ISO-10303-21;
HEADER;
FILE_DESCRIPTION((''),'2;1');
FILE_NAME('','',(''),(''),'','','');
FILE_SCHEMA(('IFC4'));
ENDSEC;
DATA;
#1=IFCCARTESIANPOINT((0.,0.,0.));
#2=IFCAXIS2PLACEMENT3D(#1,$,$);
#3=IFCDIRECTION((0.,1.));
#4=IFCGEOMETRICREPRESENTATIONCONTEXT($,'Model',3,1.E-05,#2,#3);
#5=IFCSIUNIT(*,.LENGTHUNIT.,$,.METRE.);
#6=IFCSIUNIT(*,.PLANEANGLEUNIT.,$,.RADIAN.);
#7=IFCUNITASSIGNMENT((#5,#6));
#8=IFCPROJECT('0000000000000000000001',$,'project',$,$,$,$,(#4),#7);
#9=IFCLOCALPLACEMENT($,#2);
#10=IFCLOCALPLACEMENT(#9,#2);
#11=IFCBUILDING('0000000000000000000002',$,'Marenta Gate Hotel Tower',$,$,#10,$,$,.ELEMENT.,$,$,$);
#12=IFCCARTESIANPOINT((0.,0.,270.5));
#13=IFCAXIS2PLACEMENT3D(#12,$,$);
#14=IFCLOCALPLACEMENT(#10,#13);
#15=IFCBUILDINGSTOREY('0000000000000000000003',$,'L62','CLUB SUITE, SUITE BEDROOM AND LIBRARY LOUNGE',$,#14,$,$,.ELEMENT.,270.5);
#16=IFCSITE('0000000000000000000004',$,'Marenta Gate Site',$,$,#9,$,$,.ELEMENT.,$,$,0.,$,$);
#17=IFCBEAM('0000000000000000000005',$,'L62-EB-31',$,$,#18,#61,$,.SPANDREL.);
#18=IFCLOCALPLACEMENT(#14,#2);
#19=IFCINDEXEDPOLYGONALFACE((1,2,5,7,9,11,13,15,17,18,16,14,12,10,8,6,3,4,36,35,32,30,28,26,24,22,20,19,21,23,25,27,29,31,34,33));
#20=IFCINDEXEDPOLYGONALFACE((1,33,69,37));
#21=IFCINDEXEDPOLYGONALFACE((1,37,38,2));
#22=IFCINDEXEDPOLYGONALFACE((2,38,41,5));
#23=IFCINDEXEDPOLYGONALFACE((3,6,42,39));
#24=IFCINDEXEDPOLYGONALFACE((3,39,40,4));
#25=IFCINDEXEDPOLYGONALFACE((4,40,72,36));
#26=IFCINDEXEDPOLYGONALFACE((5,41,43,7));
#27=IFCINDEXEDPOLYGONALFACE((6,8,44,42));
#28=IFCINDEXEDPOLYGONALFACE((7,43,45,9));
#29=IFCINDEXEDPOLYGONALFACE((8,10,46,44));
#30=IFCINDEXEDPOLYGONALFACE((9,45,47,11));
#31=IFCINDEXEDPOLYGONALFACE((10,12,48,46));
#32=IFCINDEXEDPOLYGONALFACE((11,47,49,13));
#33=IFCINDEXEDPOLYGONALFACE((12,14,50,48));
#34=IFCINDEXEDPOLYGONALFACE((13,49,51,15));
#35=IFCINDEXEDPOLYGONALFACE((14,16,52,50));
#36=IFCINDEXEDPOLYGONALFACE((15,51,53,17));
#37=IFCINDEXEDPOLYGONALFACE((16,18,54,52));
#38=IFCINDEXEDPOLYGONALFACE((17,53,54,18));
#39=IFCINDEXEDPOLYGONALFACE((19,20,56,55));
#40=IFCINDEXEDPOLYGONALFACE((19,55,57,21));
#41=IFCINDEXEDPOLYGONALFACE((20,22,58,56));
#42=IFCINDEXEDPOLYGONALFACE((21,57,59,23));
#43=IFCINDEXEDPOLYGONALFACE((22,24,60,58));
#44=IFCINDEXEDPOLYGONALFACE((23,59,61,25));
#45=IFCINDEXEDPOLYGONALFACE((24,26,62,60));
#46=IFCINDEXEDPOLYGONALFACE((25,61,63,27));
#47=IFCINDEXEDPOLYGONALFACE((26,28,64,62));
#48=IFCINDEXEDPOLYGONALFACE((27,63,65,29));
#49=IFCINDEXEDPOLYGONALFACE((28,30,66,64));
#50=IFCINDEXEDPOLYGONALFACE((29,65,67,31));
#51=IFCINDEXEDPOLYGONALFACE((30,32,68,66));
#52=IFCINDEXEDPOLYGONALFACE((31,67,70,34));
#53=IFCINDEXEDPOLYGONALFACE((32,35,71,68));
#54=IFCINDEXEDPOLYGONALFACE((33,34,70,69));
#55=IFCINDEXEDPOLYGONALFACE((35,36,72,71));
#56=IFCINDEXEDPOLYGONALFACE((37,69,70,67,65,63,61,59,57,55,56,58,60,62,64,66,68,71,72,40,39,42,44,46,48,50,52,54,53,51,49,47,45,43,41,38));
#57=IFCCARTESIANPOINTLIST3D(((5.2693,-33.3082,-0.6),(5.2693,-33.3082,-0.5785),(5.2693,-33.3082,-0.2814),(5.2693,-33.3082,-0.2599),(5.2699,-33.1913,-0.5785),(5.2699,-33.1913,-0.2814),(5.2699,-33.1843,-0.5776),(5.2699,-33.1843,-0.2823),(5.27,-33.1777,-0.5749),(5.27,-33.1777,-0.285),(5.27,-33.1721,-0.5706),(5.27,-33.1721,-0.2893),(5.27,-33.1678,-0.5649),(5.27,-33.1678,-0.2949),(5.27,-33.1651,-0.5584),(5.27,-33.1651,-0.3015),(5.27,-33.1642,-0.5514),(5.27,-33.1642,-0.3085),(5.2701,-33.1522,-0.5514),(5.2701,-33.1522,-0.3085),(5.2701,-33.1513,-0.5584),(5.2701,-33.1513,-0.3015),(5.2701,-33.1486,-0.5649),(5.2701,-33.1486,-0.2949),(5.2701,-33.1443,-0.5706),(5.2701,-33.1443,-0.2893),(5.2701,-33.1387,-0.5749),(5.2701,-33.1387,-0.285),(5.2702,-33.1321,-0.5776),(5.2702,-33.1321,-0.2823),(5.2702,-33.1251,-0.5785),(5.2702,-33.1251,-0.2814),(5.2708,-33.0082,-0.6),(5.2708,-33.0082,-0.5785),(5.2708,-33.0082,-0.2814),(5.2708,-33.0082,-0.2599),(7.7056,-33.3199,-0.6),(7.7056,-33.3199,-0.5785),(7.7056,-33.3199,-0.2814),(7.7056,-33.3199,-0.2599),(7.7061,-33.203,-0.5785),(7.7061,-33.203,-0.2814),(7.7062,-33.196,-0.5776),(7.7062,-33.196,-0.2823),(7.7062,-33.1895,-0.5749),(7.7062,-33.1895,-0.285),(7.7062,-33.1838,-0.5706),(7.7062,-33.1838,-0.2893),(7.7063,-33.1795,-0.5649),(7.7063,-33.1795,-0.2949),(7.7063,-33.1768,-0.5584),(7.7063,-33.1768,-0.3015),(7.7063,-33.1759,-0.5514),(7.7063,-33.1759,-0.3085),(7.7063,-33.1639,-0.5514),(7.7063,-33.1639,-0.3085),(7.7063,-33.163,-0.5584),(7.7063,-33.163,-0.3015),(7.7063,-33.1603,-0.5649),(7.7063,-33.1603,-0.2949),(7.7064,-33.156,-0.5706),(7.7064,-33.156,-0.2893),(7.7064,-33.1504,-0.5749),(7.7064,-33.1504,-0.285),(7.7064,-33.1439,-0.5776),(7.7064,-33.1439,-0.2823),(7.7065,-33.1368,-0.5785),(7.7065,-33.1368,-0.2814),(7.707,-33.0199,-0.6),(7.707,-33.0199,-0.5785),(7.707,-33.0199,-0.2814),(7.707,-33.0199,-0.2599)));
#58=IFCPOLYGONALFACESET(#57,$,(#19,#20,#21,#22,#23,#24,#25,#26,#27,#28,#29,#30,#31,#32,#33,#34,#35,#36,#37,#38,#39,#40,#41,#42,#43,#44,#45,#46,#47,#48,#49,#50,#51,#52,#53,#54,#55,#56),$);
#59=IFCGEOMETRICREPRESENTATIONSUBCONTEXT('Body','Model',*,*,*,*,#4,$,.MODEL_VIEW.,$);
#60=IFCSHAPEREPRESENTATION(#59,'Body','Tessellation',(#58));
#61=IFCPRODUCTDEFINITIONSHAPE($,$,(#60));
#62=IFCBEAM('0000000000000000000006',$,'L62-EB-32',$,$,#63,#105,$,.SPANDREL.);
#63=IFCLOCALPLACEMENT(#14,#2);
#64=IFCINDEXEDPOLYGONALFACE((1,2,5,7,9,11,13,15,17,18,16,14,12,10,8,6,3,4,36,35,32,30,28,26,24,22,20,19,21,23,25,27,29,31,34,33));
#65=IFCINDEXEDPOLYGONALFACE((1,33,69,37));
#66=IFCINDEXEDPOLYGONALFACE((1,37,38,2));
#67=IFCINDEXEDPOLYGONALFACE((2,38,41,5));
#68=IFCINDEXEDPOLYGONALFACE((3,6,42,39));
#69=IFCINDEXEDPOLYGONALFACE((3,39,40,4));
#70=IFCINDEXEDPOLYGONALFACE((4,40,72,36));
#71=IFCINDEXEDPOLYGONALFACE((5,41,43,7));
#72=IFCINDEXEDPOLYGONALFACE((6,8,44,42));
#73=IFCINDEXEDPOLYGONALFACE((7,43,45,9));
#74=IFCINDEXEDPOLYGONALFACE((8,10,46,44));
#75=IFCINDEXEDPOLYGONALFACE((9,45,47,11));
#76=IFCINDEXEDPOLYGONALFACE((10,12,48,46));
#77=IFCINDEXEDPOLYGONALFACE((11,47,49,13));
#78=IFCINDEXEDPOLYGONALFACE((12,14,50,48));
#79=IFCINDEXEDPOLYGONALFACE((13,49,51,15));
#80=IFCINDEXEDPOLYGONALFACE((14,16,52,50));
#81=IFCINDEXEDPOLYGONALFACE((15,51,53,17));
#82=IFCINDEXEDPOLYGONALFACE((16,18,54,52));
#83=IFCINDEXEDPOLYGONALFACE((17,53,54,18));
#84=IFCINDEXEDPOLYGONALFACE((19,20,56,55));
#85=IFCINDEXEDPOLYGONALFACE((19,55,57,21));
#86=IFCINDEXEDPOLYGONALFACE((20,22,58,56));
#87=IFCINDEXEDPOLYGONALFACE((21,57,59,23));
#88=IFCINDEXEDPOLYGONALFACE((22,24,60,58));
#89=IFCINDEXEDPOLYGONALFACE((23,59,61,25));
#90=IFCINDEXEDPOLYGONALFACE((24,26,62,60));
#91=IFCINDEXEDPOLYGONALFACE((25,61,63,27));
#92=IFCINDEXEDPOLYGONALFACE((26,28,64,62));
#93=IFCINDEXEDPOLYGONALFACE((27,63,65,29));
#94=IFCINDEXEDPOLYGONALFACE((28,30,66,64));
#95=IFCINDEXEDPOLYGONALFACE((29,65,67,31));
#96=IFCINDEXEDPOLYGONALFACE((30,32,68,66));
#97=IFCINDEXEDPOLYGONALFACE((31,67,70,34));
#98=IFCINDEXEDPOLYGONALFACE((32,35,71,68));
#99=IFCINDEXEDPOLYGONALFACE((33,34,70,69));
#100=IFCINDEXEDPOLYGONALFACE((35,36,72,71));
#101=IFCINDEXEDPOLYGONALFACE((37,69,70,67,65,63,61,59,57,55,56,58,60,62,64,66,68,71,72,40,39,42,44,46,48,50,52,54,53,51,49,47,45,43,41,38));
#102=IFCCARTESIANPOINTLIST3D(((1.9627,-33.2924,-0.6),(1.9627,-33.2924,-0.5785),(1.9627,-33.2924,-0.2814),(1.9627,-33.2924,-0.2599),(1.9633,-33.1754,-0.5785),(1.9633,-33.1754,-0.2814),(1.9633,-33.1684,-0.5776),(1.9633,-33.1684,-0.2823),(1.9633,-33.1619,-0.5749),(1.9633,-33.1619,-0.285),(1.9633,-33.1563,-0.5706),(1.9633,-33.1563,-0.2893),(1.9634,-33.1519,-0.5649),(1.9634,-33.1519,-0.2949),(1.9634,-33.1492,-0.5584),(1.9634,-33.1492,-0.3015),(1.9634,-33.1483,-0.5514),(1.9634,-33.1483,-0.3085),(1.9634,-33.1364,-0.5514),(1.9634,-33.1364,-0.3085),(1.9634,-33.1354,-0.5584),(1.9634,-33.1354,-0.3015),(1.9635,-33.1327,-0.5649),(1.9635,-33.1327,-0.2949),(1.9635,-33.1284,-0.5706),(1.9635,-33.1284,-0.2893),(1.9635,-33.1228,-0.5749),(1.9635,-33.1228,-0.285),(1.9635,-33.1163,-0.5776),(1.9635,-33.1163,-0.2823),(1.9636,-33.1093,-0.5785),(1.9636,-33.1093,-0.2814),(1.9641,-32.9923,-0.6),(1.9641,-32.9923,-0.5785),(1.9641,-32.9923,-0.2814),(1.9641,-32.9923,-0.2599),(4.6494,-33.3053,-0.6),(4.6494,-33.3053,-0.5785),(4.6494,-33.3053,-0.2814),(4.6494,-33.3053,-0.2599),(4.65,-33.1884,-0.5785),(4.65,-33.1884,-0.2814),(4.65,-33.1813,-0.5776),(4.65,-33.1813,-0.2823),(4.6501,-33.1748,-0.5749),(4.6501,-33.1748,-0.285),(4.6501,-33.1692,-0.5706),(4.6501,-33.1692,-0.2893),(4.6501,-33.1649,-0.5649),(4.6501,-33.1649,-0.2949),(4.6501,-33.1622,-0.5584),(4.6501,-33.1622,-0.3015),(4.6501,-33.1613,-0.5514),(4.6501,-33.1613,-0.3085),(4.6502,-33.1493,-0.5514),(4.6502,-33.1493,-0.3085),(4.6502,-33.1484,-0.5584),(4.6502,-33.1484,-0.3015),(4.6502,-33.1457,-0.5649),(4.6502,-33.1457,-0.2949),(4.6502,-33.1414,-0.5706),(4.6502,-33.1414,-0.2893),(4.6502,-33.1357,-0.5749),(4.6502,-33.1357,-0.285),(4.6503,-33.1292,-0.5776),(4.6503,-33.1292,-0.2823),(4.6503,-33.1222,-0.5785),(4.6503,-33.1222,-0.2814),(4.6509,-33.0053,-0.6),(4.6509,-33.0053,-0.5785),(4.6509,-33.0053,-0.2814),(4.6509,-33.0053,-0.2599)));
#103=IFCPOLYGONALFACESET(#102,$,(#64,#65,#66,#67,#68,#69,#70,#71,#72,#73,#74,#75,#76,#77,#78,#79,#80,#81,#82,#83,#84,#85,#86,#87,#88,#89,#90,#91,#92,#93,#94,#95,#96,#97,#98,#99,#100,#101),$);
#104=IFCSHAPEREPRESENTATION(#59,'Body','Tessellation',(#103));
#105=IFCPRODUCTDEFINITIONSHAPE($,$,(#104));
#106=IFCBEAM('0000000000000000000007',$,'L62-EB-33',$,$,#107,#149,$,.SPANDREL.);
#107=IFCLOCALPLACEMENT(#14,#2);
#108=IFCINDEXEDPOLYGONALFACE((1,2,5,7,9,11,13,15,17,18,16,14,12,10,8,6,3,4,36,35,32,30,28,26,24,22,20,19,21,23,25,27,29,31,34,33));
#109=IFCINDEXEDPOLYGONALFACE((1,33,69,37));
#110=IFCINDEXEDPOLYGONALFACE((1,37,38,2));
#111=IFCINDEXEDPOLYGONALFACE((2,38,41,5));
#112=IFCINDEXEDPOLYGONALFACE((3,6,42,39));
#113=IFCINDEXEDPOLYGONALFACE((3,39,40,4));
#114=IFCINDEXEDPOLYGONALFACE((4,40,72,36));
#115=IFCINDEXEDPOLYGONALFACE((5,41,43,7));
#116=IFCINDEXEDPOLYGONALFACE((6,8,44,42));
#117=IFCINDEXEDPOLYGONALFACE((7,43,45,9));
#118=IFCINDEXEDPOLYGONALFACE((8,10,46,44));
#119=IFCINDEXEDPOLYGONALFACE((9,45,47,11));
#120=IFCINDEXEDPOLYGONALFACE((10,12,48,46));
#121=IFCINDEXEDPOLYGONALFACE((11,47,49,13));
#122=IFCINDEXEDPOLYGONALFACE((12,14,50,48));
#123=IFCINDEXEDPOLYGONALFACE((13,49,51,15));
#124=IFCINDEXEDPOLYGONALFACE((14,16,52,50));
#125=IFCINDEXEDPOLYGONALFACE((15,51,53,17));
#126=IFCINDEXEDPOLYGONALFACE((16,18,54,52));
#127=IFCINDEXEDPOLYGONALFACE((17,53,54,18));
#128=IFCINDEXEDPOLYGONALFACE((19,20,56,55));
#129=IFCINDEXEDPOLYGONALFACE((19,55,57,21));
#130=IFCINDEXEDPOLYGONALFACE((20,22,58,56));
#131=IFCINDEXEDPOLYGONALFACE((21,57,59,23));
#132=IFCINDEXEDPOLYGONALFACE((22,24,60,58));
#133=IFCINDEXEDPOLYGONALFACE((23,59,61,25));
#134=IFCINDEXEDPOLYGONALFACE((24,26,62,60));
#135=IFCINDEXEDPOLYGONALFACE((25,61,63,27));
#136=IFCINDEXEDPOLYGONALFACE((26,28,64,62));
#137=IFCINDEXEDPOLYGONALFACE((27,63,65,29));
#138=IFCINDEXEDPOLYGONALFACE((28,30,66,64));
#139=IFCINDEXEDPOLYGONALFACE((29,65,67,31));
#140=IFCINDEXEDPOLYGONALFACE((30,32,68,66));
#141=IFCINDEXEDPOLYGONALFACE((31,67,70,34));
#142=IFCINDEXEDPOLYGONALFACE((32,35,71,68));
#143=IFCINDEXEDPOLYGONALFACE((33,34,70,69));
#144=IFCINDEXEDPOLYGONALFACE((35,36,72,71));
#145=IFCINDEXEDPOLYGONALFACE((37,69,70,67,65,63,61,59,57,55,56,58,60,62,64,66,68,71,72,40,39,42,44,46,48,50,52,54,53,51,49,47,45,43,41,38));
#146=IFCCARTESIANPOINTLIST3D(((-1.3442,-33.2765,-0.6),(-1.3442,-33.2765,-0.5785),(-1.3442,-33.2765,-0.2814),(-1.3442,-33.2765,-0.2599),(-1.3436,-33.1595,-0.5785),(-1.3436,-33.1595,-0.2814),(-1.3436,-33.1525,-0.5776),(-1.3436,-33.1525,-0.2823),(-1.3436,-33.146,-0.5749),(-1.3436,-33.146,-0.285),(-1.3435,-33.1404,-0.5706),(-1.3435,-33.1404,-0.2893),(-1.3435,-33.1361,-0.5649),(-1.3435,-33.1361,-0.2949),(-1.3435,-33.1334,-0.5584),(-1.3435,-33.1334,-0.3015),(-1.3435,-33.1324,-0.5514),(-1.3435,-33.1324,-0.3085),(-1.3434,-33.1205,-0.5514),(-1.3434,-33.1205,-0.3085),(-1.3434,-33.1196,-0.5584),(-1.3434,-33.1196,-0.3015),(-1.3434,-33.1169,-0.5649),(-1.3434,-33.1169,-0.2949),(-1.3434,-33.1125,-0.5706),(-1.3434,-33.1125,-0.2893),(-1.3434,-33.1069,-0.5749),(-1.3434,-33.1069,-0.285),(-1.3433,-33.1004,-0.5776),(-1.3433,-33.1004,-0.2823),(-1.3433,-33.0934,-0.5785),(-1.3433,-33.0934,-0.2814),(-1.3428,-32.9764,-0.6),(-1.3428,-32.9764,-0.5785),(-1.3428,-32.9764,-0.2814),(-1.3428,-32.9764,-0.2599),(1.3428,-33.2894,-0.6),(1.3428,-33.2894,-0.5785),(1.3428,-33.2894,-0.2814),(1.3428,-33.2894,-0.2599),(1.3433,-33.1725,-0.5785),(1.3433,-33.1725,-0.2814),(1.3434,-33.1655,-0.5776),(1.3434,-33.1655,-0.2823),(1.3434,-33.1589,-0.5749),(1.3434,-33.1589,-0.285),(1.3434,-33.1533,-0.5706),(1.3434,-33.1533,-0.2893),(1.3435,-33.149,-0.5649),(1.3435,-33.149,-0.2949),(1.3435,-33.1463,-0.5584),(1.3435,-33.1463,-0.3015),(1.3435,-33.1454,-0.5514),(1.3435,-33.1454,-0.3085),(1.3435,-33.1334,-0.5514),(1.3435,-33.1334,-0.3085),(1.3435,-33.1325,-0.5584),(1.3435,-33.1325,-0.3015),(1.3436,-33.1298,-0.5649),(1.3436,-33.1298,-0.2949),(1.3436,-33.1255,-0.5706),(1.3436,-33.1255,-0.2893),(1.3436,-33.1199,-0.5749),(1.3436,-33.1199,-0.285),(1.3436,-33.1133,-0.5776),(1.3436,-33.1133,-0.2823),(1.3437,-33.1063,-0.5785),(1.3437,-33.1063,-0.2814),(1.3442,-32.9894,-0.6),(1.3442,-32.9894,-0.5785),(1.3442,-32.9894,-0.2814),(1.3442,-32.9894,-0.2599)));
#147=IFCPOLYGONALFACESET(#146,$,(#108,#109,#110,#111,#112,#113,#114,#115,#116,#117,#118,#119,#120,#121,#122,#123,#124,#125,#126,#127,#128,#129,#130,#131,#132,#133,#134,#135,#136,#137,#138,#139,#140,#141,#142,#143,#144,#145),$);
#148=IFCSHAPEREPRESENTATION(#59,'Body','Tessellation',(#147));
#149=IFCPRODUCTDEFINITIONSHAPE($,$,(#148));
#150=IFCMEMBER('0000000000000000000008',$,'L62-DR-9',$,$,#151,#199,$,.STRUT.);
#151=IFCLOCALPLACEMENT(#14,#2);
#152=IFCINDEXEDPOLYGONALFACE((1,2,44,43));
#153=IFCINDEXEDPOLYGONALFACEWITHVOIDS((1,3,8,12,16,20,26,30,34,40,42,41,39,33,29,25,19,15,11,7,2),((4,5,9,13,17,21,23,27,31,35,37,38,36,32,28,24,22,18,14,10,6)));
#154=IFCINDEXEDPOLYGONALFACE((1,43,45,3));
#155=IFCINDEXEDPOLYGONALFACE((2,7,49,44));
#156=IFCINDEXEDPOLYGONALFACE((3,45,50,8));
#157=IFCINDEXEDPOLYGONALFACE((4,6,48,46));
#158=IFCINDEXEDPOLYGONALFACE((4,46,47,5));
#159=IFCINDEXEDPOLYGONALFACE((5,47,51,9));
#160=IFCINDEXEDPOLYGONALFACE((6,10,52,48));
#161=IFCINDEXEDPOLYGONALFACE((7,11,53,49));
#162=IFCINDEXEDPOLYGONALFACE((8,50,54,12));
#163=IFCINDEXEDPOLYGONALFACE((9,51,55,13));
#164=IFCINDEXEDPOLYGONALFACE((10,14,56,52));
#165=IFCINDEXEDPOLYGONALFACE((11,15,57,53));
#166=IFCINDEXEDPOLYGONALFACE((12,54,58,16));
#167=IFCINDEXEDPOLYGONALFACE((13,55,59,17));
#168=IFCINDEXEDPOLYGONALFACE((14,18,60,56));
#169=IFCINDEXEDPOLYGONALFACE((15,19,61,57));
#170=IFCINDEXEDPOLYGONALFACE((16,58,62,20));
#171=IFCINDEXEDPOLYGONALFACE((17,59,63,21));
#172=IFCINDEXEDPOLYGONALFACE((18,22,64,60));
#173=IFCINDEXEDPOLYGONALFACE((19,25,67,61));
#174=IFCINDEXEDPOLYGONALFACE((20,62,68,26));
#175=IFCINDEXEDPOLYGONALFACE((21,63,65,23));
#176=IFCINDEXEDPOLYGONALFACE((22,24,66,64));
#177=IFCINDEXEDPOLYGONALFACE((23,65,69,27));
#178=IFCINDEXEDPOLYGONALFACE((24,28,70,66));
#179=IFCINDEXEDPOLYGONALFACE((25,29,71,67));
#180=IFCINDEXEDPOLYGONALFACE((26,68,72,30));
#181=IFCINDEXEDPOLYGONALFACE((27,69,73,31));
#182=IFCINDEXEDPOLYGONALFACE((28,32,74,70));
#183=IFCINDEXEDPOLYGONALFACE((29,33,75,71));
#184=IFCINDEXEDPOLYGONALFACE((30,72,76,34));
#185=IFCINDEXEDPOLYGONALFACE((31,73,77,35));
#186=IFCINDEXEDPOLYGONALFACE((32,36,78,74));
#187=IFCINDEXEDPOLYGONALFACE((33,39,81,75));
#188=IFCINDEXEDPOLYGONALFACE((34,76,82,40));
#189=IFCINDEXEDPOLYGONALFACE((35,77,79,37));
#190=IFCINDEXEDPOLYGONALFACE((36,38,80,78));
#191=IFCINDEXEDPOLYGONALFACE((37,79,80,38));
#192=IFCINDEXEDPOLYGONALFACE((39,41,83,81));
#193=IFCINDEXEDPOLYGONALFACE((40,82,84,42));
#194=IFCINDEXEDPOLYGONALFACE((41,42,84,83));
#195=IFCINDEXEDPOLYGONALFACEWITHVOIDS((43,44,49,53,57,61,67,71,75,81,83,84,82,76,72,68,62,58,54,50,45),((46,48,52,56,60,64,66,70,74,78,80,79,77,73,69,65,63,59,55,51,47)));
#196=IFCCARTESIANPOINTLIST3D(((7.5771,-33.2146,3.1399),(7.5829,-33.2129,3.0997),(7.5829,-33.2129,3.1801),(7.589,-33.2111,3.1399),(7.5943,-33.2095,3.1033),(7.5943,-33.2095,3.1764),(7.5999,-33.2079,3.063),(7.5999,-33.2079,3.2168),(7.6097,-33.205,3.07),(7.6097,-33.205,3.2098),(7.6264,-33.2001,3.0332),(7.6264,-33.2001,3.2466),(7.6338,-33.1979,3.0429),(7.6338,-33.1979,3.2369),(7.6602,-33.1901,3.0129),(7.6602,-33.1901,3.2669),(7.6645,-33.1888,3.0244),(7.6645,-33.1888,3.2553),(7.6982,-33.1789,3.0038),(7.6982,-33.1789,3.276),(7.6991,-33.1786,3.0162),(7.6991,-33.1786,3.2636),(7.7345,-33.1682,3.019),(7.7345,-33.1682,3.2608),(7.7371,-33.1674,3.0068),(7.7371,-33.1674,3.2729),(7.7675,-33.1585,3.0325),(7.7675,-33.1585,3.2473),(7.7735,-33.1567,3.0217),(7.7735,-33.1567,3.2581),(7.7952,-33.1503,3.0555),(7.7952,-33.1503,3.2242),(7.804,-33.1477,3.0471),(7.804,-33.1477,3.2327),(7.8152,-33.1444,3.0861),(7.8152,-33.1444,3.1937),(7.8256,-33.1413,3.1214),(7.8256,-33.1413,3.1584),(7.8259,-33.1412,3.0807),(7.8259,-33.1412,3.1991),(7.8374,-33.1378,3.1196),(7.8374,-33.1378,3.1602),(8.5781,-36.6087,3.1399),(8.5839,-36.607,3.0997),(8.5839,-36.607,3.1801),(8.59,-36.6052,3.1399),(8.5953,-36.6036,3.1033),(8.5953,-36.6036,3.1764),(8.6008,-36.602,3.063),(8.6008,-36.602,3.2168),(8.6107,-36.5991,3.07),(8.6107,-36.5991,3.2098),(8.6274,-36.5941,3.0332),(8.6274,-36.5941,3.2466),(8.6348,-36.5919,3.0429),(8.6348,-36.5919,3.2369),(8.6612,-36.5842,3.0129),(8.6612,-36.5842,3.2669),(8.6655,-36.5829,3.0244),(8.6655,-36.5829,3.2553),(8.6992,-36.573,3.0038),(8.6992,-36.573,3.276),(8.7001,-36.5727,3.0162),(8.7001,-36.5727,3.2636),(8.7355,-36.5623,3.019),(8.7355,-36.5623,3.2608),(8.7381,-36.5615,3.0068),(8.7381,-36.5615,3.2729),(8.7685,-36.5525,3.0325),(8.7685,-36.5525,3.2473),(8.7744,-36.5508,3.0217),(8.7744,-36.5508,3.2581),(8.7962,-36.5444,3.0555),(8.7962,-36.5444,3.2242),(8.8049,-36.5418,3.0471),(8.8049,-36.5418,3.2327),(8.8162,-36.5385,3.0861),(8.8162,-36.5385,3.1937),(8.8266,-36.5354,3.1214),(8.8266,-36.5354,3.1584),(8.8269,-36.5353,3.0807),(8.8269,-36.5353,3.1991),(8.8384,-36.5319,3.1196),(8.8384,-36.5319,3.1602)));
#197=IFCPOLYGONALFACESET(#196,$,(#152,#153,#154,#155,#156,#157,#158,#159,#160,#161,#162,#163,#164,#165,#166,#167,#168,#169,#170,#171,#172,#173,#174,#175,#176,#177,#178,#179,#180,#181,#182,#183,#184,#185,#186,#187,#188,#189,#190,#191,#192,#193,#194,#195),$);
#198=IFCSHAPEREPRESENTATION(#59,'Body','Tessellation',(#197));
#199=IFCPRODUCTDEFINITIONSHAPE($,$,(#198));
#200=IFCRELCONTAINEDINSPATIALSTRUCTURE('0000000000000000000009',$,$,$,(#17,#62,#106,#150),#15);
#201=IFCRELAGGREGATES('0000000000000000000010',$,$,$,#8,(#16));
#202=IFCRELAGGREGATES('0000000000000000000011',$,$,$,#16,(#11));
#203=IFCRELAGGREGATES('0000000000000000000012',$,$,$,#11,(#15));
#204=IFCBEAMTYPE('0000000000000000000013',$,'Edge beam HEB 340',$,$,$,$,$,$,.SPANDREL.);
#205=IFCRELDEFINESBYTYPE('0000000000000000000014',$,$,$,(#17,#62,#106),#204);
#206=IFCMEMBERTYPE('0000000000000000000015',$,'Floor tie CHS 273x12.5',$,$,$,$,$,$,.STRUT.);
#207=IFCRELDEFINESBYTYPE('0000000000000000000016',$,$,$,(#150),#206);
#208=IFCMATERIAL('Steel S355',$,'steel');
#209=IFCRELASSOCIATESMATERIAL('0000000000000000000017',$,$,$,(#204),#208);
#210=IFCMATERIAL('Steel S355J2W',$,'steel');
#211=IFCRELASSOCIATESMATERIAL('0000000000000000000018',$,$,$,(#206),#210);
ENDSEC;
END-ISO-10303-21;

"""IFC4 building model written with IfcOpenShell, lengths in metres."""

from ifc_helpers import new_model, si_unit, direction, frame, origin, origin_2d, place, context, subcontext, project, spatial, hollow_circle, i_section, extrude, material, material_profile, profile_set, type_object, element, save


model = new_model("IFC4")

# Units and contexts
model_context = context("Model", 3, precision=1e-05, world=origin(), true_north=direction((0.0, 1.0)))
body_context = subcontext(model_context, "Body", "Model", "MODEL_VIEW")
ifc_project = project(units=[si_unit("LENGTHUNIT", "METRE"), si_unit("PLANEANGLEUNIT", "RADIAN")], contexts=[model_context])

# Site, building, storey
site_placement = place(None, origin())
site = spatial("IfcSite", under=ifc_project, at=site_placement, Name="Marenta Gate Site", CompositionType="ELEMENT", RefElevation=0.0)
building_placement = place(site_placement, origin())
building = spatial("IfcBuilding", under=site, at=building_placement, Name="Marenta Gate Hotel Tower", CompositionType="ELEMENT")
storey_placement = place(building_placement, frame((0.0, 0.0, 270.5)))
storey = spatial("IfcBuildingStorey", under=building, at=storey_placement, Name="L62", Description="CLUB SUITE, SUITE BEDROOM AND LIBRARY LOUNGE", CompositionType="ELEMENT", Elevation=270.5)

# Beams
ifc_material_1 = material(Name="Steel S355", Category="steel")
ifc_material_profile_1 = material_profile(ifc_material_1, i_section(OverallWidth=0.3, OverallDepth=0.3401, WebThickness=0.012, FlangeThickness=0.0215, FilletRadius=0.0271, at=origin_2d()), Name="HEB 340")
ifc_profile_set_1 = profile_set([ifc_material_profile_1], Name="Steel S355")
beam_type = type_object("IfcBeamType", Name="Edge beam HEB 340", PredefinedType="SPANDREL", material=ifc_profile_set_1)
beam_1_placement = place(storey_placement, frame((7.7063, -33.1699, -0.4299), z_axis=(-0.999988, 0.00481, 0.0), x_axis=(-0.00481, -0.999988, 0.0)))
element("IfcBeam", 1, at=beam_1_placement, inside=storey, type_object=beam_type, Name="L62-EB-31", PredefinedType="SPANDREL", context=body_context, shape_type="SweptSolid", body=[
    extrude(i_section(OverallWidth=0.3, OverallDepth=0.3401, WebThickness=0.012, FlangeThickness=0.0215, FilletRadius=0.0271, at=origin_2d()), origin(), (0.0, 0.0, 1.0), 2.4363),
])
beam_2_placement = place(storey_placement, frame((4.6501, -33.1553, -0.4299), z_axis=(-0.999988, 0.004816, 0.0), x_axis=(-0.004816, -0.999988, 0.0)))
element("IfcBeam", 2, at=beam_2_placement, inside=storey, type_object=beam_type, Name="L62-EB-32", PredefinedType="SPANDREL", context=body_context, shape_type="SweptSolid", body=[
    extrude(i_section(OverallWidth=0.3, OverallDepth=0.3401, WebThickness=0.012, FlangeThickness=0.0215, FilletRadius=0.0271, at=origin_2d()), origin(), (0.0, 0.0, 1.0), 2.6868),
])
beam_3_placement = place(storey_placement, frame((1.3435, -33.1394, -0.4299), z_axis=(-0.999988, 0.004815, 0.0), x_axis=(-0.004815, -0.999988, 0.0)))
element("IfcBeam", 3, at=beam_3_placement, inside=storey, type_object=beam_type, Name="L62-EB-33", PredefinedType="SPANDREL", context=body_context, shape_type="SweptSolid", body=[
    extrude(i_section(OverallWidth=0.3, OverallDepth=0.3401, WebThickness=0.012, FlangeThickness=0.0215, FilletRadius=0.0271, at=origin_2d()), origin(), (0.0, 0.0, 1.0), 2.687),
])

# Member
ifc_material_2 = material(Name="Steel S355J2W", Category="steel")
ifc_material_profile_2 = material_profile(ifc_material_2, hollow_circle(Radius=0.1365, WallThickness=0.0125, at=origin_2d()), Name="CHS 273x12.5")
ifc_profile_set_2 = profile_set([ifc_material_profile_2], Name="Steel S355J2W")
member_type_1 = type_object("IfcMemberType", Name="Floor tie CHS 273x12.5", PredefinedType="STRUT", material=ifc_profile_set_2)
member_1_placement = place(storey_placement, frame((8.709, -36.5701, 3.1399), z_axis=(-0.282876, 0.959156, 0.0), x_axis=(-0.959156, -0.282876, 0.0)))
element("IfcMember", 4, at=member_1_placement, inside=storey, type_object=member_type_1, Name="L62-DR-9", PredefinedType="STRUT", context=body_context, shape_type="SweptSolid", body=[
    extrude(hollow_circle(Radius=0.1365, WallThickness=0.0125, at=origin_2d()), origin(), (0.0, 0.0, 1.0), 3.5386),
])

save(model, "model.ifc")
